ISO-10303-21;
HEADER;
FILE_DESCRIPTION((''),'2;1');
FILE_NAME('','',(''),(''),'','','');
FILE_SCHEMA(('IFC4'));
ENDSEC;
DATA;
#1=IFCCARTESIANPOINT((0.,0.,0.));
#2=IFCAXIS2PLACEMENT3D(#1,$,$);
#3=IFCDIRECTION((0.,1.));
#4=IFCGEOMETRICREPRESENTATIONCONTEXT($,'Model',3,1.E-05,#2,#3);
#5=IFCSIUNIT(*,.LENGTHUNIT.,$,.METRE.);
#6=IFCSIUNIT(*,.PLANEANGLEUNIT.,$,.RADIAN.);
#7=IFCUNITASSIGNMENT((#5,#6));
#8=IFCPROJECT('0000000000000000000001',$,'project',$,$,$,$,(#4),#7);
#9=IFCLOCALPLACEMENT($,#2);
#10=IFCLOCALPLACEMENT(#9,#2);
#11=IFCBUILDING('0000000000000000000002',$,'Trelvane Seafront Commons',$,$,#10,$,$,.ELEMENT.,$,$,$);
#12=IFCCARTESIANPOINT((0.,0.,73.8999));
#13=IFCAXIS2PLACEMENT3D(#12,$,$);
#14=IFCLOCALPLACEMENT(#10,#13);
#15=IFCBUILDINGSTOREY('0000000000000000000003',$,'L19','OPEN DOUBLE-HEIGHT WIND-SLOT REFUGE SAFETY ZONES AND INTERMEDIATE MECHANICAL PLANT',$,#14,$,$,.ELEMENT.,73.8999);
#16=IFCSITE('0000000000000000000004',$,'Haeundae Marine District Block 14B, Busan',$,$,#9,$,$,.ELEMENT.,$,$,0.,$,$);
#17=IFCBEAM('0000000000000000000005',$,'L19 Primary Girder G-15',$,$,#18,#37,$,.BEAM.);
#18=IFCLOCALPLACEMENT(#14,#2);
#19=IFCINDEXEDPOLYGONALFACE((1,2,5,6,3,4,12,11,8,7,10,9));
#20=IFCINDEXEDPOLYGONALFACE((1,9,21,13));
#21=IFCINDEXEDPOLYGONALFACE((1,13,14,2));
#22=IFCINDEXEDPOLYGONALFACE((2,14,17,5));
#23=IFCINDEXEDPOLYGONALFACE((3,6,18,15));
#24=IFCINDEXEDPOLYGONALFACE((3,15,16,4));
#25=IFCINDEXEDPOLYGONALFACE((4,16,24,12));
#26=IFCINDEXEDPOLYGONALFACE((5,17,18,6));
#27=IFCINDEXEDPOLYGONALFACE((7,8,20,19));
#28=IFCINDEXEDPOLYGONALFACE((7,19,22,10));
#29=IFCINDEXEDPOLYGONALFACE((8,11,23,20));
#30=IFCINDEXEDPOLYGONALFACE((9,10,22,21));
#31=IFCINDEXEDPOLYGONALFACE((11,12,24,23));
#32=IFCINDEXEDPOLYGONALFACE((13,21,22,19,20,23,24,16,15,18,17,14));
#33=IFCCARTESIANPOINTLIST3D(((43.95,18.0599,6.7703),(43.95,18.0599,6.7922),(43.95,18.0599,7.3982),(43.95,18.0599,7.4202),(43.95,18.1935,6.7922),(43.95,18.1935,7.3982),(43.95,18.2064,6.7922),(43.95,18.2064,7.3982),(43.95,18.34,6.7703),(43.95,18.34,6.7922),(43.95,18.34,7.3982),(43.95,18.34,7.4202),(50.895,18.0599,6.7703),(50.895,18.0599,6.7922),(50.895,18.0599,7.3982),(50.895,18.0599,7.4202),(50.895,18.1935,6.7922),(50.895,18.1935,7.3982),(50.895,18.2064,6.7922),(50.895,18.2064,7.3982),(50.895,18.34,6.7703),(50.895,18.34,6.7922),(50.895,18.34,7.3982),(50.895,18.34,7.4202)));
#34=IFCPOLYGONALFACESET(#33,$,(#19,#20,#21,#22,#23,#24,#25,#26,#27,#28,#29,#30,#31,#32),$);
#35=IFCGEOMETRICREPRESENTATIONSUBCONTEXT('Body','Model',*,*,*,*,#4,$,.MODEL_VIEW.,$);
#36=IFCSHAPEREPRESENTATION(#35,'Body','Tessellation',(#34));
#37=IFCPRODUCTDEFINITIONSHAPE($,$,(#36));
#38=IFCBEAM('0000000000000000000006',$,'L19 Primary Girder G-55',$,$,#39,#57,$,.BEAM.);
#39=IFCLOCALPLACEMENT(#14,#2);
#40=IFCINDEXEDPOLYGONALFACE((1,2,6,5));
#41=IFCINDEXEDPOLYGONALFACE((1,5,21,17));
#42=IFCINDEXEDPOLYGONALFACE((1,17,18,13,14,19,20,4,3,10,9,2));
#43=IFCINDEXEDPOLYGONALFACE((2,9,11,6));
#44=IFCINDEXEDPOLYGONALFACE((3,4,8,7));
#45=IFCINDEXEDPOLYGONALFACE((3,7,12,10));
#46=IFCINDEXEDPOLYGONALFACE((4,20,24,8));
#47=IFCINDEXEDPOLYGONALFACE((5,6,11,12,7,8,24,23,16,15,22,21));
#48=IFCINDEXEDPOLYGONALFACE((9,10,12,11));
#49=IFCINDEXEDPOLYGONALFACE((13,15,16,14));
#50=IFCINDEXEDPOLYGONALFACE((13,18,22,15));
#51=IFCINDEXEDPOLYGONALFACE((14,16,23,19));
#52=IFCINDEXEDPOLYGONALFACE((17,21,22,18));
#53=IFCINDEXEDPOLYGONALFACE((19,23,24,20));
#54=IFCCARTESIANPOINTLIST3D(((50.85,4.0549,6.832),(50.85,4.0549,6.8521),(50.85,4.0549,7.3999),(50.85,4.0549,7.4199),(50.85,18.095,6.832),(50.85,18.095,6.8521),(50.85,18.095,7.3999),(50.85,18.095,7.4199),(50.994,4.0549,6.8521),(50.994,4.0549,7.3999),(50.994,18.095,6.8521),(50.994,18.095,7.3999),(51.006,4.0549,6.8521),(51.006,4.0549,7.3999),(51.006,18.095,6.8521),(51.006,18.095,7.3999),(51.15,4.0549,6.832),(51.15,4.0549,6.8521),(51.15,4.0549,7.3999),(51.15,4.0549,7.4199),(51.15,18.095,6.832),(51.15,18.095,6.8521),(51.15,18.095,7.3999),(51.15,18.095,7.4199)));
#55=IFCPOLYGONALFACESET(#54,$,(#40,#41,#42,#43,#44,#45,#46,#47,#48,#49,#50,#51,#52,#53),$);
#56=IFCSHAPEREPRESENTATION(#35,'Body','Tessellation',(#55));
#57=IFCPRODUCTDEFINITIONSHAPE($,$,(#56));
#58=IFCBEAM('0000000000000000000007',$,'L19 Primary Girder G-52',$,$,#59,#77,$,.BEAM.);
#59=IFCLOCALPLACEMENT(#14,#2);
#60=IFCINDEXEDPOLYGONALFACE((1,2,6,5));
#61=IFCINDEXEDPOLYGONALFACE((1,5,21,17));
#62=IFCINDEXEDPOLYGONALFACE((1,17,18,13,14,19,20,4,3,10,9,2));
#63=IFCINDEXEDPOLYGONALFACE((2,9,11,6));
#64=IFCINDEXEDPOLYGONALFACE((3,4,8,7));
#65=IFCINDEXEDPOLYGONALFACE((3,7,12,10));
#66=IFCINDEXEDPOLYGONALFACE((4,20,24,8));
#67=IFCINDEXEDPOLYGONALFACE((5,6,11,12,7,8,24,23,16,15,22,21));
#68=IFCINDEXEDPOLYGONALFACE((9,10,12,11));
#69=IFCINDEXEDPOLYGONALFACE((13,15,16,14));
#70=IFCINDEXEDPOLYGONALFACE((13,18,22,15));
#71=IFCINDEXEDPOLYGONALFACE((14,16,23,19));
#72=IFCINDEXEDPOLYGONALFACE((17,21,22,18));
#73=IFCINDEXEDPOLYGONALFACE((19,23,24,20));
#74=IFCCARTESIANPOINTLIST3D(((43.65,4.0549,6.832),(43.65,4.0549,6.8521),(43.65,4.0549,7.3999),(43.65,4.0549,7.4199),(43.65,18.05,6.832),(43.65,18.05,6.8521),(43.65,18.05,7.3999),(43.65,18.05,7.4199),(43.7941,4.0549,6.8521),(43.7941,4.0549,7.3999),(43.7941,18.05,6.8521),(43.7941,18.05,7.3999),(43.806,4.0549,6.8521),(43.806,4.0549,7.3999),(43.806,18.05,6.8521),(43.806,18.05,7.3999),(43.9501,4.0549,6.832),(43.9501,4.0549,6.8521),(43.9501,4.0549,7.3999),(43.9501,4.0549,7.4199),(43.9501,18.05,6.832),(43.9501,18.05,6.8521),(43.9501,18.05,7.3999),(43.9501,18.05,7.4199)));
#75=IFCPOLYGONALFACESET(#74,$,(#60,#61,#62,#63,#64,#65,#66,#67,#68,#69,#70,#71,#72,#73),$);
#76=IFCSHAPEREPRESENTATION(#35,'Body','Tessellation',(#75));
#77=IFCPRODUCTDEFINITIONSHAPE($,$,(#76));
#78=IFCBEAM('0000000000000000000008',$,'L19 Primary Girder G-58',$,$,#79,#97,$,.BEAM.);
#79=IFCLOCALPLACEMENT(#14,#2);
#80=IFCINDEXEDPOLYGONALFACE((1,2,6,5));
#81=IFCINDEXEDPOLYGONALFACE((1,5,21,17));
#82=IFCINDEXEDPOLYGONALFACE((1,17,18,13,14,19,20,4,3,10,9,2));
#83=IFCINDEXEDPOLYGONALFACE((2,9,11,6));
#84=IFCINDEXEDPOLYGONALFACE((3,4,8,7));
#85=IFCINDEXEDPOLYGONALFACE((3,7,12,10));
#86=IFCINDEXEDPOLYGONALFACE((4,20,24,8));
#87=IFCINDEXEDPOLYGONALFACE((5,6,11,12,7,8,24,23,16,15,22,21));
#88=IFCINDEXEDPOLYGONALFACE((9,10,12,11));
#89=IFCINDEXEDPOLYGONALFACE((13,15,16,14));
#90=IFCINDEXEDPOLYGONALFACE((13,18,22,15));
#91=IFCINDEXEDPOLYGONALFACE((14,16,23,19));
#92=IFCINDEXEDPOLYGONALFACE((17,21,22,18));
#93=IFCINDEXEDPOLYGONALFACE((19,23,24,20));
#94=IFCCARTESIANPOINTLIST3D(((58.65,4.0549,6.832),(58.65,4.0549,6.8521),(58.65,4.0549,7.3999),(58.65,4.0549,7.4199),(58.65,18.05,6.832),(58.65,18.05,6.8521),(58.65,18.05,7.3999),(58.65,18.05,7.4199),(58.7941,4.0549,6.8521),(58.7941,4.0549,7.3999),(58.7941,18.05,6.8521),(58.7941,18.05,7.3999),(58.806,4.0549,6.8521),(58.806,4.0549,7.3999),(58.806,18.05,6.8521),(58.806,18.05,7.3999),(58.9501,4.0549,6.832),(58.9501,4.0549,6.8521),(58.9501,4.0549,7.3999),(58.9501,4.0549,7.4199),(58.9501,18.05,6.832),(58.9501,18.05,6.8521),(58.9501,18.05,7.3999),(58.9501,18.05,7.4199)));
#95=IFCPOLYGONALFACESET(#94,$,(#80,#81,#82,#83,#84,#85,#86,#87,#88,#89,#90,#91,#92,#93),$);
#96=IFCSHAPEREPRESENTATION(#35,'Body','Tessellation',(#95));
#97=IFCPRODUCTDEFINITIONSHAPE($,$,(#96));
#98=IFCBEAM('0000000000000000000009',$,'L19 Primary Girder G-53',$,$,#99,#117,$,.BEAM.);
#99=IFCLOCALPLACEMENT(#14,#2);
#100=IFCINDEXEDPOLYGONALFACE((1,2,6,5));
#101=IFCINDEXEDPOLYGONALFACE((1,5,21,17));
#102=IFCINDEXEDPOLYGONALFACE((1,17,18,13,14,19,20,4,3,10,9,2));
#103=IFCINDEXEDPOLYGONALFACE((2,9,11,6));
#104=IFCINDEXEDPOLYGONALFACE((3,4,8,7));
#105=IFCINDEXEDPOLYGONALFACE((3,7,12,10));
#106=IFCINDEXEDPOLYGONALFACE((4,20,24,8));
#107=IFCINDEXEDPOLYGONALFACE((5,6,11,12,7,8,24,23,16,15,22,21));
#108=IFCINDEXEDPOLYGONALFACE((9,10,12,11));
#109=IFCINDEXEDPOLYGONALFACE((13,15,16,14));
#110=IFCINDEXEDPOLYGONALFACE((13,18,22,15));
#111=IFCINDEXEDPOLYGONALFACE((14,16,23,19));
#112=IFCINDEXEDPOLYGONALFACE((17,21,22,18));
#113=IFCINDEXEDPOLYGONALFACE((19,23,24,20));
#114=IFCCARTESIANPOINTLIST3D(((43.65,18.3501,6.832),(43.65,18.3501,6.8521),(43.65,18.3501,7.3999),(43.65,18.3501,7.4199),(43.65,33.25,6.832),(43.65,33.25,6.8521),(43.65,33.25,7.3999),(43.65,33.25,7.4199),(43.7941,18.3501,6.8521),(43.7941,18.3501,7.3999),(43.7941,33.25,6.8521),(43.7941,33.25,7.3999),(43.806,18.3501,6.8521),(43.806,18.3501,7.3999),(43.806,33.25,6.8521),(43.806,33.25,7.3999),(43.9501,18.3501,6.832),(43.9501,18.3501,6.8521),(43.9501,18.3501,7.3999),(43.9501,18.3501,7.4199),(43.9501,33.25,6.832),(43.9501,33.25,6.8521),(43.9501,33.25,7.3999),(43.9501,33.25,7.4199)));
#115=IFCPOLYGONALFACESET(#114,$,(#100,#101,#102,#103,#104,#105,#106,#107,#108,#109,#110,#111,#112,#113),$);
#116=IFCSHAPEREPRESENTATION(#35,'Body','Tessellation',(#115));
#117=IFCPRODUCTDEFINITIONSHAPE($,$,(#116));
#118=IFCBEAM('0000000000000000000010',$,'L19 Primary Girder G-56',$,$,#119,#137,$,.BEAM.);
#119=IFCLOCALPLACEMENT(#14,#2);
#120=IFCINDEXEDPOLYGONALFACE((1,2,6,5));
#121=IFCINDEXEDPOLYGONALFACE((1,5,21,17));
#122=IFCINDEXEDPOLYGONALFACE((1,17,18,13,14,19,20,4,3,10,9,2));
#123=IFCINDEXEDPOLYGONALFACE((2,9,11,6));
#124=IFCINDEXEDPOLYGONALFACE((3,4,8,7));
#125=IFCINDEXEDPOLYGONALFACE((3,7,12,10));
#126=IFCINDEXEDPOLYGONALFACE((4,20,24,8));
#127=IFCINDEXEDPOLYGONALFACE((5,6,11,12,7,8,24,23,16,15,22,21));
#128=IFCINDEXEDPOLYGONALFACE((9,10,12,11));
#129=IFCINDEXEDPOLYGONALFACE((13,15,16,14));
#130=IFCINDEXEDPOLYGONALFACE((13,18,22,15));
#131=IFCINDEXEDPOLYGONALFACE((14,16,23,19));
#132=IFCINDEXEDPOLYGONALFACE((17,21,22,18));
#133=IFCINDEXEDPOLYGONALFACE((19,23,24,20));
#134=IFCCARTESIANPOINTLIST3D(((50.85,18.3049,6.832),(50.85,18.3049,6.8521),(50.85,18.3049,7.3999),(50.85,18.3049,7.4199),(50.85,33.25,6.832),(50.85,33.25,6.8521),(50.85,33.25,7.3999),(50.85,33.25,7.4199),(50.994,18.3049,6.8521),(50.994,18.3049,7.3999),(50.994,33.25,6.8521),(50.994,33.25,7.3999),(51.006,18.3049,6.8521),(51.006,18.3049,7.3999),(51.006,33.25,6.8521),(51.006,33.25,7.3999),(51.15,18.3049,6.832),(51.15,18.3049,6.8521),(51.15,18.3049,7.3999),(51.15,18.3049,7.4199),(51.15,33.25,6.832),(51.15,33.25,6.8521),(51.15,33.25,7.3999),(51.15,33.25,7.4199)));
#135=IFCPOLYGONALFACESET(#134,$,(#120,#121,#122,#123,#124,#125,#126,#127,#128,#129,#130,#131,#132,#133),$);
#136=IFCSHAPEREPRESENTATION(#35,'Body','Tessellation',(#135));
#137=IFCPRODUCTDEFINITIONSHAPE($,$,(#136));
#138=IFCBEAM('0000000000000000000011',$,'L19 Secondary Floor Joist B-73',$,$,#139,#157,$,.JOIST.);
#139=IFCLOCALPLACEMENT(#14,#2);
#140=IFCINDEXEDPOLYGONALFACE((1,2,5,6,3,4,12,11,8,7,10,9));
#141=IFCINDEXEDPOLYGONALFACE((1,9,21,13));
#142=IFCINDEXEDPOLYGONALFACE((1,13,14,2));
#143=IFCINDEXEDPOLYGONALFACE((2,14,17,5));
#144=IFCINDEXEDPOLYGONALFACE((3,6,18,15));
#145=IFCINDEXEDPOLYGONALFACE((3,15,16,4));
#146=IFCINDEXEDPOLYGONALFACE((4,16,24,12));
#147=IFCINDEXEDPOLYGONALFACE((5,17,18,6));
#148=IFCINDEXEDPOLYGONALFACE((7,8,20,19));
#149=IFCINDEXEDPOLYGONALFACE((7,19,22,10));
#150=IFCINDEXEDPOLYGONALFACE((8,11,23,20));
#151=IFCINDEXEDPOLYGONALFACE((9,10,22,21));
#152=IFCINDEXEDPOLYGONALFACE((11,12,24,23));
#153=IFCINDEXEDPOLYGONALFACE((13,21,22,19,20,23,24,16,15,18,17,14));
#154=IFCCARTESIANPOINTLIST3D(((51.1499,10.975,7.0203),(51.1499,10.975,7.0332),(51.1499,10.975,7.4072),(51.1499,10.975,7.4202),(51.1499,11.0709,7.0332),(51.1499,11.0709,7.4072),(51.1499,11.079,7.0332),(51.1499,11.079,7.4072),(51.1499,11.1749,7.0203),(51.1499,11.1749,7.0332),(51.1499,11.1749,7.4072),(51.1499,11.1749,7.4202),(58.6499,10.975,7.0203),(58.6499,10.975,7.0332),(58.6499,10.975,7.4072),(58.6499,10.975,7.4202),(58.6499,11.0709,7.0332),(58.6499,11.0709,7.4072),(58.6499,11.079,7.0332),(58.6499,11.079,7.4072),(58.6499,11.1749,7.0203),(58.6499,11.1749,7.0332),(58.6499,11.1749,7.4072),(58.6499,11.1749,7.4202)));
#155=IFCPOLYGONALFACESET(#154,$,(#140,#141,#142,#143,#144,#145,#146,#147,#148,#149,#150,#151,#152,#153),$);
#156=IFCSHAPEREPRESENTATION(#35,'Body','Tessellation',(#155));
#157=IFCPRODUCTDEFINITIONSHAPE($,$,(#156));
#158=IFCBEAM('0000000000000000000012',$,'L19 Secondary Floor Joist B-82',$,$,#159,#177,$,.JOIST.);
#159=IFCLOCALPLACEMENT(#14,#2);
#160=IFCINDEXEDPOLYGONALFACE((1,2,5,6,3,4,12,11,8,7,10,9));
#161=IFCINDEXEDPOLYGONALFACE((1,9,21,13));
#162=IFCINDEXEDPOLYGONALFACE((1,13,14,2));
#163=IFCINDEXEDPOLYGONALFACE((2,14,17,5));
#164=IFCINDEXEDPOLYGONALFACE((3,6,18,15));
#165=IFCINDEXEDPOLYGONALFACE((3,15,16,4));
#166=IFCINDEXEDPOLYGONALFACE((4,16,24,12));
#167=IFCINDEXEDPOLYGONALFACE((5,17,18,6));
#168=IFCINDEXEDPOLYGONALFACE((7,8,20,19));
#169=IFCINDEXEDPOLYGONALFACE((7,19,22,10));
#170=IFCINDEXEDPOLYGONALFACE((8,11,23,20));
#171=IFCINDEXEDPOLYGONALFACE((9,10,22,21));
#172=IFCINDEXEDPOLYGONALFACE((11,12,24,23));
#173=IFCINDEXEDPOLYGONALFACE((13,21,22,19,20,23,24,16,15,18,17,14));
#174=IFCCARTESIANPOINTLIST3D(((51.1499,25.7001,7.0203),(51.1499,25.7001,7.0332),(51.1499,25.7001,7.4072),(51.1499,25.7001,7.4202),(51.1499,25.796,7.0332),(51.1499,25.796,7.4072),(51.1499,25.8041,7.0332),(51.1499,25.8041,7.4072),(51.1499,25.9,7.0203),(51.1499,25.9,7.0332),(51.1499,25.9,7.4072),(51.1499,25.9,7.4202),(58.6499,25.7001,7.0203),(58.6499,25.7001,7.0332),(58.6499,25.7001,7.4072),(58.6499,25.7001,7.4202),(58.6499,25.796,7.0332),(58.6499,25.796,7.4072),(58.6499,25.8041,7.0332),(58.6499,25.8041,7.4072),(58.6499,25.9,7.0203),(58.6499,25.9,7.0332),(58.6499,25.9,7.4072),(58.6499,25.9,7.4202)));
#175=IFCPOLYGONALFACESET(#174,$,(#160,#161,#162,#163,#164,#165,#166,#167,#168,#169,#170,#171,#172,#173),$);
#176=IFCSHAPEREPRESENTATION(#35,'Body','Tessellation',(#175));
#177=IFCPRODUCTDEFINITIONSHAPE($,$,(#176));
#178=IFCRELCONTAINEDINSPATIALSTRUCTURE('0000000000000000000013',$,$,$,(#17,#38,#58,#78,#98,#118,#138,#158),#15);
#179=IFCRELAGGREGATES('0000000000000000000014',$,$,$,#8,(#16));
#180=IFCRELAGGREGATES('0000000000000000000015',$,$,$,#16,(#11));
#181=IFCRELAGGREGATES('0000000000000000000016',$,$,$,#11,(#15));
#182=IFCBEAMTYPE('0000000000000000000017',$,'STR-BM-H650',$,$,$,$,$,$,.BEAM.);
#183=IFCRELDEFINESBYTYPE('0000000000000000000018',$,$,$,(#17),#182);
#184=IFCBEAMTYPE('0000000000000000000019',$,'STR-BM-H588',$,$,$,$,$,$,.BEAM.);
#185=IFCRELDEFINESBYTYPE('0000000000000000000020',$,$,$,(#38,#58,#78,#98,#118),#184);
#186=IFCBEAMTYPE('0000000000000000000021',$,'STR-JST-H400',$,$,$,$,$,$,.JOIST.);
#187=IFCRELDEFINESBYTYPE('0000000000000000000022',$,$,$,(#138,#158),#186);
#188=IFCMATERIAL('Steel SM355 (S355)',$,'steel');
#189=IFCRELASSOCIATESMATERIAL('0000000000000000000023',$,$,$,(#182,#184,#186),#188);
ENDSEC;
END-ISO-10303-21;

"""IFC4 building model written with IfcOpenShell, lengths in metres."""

from ifc_helpers import new_model, si_unit, direction, frame, origin, origin_2d, place, context, subcontext, project, spatial, i_section, extrude, source, transform, mapped, material, material_profile, profile_set, type_object, element, save


model = new_model("IFC4")

# Units and contexts
model_context = context("Model", 3, precision=1e-05, world=origin(), true_north=direction((0.0, 1.0)))
body_context = subcontext(model_context, "Body", "Model", "MODEL_VIEW")
ifc_project = project(units=[si_unit("LENGTHUNIT", "METRE"), si_unit("PLANEANGLEUNIT", "RADIAN")], contexts=[model_context])

# Site, building, storey
site_placement = place(None, origin())
site = spatial("IfcSite", under=ifc_project, at=site_placement, Name="Haeundae Marine District Block 14B, Busan", CompositionType="ELEMENT", RefElevation=0.0)
building_placement = place(site_placement, origin())
building = spatial("IfcBuilding", under=site, at=building_placement, Name="Trelvane Seafront Commons", CompositionType="ELEMENT")
storey_placement = place(building_placement, frame((0.0, 0.0, 73.8999)))
storey = spatial("IfcBuildingStorey", under=building, at=storey_placement, Name="L19", Description="OPEN DOUBLE-HEIGHT WIND-SLOT REFUGE SAFETY ZONES AND INTERMEDIATE MECHANICAL PLANT", CompositionType="ELEMENT", Elevation=73.8999)

# Shared definitions
ifc_material_1 = material(Name="Steel SM355 (S355)", Category="steel")

# Beams
ifc_material_profile_1 = material_profile(ifc_material_1, i_section(OverallWidth=0.28, OverallDepth=0.6499, WebThickness=0.0129, FlangeThickness=0.022, at=origin_2d()), Name="H-650x280x13x22")
ifc_profile_set_1 = profile_set([ifc_material_profile_1], Name="Steel SM355 (S355)")
beam_type_1 = type_object("IfcBeamType", Name="STR-BM-H650", PredefinedType="BEAM", material=ifc_profile_set_1)
shared_shape_1 = source(origin(), body_context, "Body", "SweptSolid", [
    extrude(i_section(OverallWidth=0.28, OverallDepth=0.6499, WebThickness=0.0129, FlangeThickness=0.022, at=origin_2d()), origin(), (0.0, 0.0, 1.0), 6.9451),
])
beam_1_placement = place(storey_placement, frame((43.95, 18.2, 7.0952), z_axis=(1.0, 0.0, 0.0), x_axis=(0.0, 1.0, 0.0)))
element("IfcBeam", 1, at=beam_1_placement, inside=storey, type_object=beam_type_1, Name="L19 Primary Girder G-15", PredefinedType="BEAM", context=body_context, shape_type="MappedRepresentation", body=[
    mapped(shared_shape_1, transform((0.0, 0.0, 0.0), x_axis=(1.0, 0.0, 0.0), y_axis=(0.0, 1.0, 0.0), z_axis=(0.0, 0.0, 1.0), scale=1.0)),
])
ifc_material_profile_2 = material_profile(ifc_material_1, i_section(OverallWidth=0.3, OverallDepth=0.5879, WebThickness=0.012, FlangeThickness=0.02, at=origin_2d()), Name="H-588x300x12x20")
ifc_profile_set_2 = profile_set([ifc_material_profile_2], Name="Steel SM355 (S355)")
beam_type_2 = type_object("IfcBeamType", Name="STR-BM-H588", PredefinedType="BEAM", material=ifc_profile_set_2)
shared_shape_2 = source(origin(), body_context, "Body", "SweptSolid", [
    extrude(i_section(OverallWidth=0.3, OverallDepth=0.5879, WebThickness=0.012, FlangeThickness=0.02, at=origin_2d()), origin(), (0.0, 0.0, 1.0), 14.04),
])
beam_2_placement = place(storey_placement, frame((51.0, 4.0549, 7.126), z_axis=(0.0, 1.0, 0.0), x_axis=(-1.0, 0.0, 0.0)))
element("IfcBeam", 2, at=beam_2_placement, inside=storey, type_object=beam_type_2, Name="L19 Primary Girder G-55", PredefinedType="BEAM", context=body_context, shape_type="MappedRepresentation", body=[
    mapped(shared_shape_2, transform((0.0, 0.0, 0.0), x_axis=(1.0, 0.0, 0.0), y_axis=(0.0, 1.0, 0.0), z_axis=(0.0, 0.0, 1.0), scale=1.0)),
])
shared_shape_3 = source(origin(), body_context, "Body", "SweptSolid", [
    extrude(i_section(OverallWidth=0.3, OverallDepth=0.5879, WebThickness=0.012, FlangeThickness=0.02, at=origin_2d()), origin(), (0.0, 0.0, 1.0), 13.9951),
])
for number, where, z_axis, x_axis, name in (
    (3, (43.8, 4.0549, 7.126), (0.0, 1.0, 0.0), (-1.0, 0.0, 0.0), "L19 Primary Girder G-52"),
    (4, (58.8, 4.0549, 7.126), (0.0, 1.0, 0.0), (-1.0, 0.0, 0.0), "L19 Primary Girder G-58"),
):
    element("IfcBeam", number, at=place(storey_placement, frame(where, z_axis=z_axis, x_axis=x_axis)), inside=storey, type_object=beam_type_2, Name=name, PredefinedType="BEAM", context=body_context, shape_type="MappedRepresentation", body=[
        mapped(shared_shape_3, transform((0.0, 0.0, 0.0), x_axis=(1.0, 0.0, 0.0), y_axis=(0.0, 1.0, 0.0), z_axis=(0.0, 0.0, 1.0), scale=1.0)),
    ])
shared_shape_4 = source(origin(), body_context, "Body", "SweptSolid", [
    extrude(i_section(OverallWidth=0.3, OverallDepth=0.5879, WebThickness=0.012, FlangeThickness=0.02, at=origin_2d()), origin(), (0.0, 0.0, 1.0), 14.8999),
])
beam_3_placement = place(storey_placement, frame((43.8, 18.3501, 7.126), z_axis=(0.0, 1.0, 0.0), x_axis=(-1.0, 0.0, 0.0)))
element("IfcBeam", 5, at=beam_3_placement, inside=storey, type_object=beam_type_2, Name="L19 Primary Girder G-53", PredefinedType="BEAM", context=body_context, shape_type="MappedRepresentation", body=[
    mapped(shared_shape_4, transform((0.0, 0.0, 0.0), x_axis=(1.0, 0.0, 0.0), y_axis=(0.0, 1.0, 0.0), z_axis=(0.0, 0.0, 1.0), scale=1.0)),
])
shared_shape_5 = source(origin(), body_context, "Body", "SweptSolid", [
    extrude(i_section(OverallWidth=0.3, OverallDepth=0.5879, WebThickness=0.012, FlangeThickness=0.02, at=origin_2d()), origin(), (0.0, 0.0, 1.0), 14.9451),
])
beam_4_placement = place(storey_placement, frame((51.0, 18.3049, 7.126), z_axis=(0.0, 1.0, 0.0), x_axis=(-1.0, 0.0, 0.0)))
element("IfcBeam", 6, at=beam_4_placement, inside=storey, type_object=beam_type_2, Name="L19 Primary Girder G-56", PredefinedType="BEAM", context=body_context, shape_type="MappedRepresentation", body=[
    mapped(shared_shape_5, transform((0.0, 0.0, 0.0), x_axis=(1.0, 0.0, 0.0), y_axis=(0.0, 1.0, 0.0), z_axis=(0.0, 0.0, 1.0), scale=1.0)),
])
ifc_material_profile_3 = material_profile(ifc_material_1, i_section(OverallWidth=0.2, OverallDepth=0.3999, WebThickness=0.0081, FlangeThickness=0.0129, at=origin_2d()), Name="H-400x200x8x13")
ifc_profile_set_3 = profile_set([ifc_material_profile_3], Name="Steel SM355 (S355)")
beam_type_3 = type_object("IfcBeamType", Name="STR-JST-H400", PredefinedType="JOIST", material=ifc_profile_set_3)
shared_shape_6 = source(origin(), body_context, "Body", "SweptSolid", [
    extrude(i_section(OverallWidth=0.2, OverallDepth=0.3999, WebThickness=0.0081, FlangeThickness=0.0129, at=origin_2d()), origin(), (0.0, 0.0, 1.0), 7.5),
])
for number, where, z_axis, x_axis, name in (
    (7, (51.1499, 11.075, 7.2202), (1.0, 0.0, 0.0), (0.0, 1.0, 0.0), "L19 Secondary Floor Joist B-73"),
    (8, (51.1499, 25.8, 7.2202), (1.0, 0.0, 0.0), (0.0, 1.0, 0.0), "L19 Secondary Floor Joist B-82"),
):
    element("IfcBeam", number, at=place(storey_placement, frame(where, z_axis=z_axis, x_axis=x_axis)), inside=storey, type_object=beam_type_3, Name=name, PredefinedType="JOIST", context=body_context, shape_type="MappedRepresentation", body=[
        mapped(shared_shape_6, transform((0.0, 0.0, 0.0), x_axis=(1.0, 0.0, 0.0), y_axis=(0.0, 1.0, 0.0), z_axis=(0.0, 0.0, 1.0), scale=1.0)),
    ])

save(model, "model.ifc")
